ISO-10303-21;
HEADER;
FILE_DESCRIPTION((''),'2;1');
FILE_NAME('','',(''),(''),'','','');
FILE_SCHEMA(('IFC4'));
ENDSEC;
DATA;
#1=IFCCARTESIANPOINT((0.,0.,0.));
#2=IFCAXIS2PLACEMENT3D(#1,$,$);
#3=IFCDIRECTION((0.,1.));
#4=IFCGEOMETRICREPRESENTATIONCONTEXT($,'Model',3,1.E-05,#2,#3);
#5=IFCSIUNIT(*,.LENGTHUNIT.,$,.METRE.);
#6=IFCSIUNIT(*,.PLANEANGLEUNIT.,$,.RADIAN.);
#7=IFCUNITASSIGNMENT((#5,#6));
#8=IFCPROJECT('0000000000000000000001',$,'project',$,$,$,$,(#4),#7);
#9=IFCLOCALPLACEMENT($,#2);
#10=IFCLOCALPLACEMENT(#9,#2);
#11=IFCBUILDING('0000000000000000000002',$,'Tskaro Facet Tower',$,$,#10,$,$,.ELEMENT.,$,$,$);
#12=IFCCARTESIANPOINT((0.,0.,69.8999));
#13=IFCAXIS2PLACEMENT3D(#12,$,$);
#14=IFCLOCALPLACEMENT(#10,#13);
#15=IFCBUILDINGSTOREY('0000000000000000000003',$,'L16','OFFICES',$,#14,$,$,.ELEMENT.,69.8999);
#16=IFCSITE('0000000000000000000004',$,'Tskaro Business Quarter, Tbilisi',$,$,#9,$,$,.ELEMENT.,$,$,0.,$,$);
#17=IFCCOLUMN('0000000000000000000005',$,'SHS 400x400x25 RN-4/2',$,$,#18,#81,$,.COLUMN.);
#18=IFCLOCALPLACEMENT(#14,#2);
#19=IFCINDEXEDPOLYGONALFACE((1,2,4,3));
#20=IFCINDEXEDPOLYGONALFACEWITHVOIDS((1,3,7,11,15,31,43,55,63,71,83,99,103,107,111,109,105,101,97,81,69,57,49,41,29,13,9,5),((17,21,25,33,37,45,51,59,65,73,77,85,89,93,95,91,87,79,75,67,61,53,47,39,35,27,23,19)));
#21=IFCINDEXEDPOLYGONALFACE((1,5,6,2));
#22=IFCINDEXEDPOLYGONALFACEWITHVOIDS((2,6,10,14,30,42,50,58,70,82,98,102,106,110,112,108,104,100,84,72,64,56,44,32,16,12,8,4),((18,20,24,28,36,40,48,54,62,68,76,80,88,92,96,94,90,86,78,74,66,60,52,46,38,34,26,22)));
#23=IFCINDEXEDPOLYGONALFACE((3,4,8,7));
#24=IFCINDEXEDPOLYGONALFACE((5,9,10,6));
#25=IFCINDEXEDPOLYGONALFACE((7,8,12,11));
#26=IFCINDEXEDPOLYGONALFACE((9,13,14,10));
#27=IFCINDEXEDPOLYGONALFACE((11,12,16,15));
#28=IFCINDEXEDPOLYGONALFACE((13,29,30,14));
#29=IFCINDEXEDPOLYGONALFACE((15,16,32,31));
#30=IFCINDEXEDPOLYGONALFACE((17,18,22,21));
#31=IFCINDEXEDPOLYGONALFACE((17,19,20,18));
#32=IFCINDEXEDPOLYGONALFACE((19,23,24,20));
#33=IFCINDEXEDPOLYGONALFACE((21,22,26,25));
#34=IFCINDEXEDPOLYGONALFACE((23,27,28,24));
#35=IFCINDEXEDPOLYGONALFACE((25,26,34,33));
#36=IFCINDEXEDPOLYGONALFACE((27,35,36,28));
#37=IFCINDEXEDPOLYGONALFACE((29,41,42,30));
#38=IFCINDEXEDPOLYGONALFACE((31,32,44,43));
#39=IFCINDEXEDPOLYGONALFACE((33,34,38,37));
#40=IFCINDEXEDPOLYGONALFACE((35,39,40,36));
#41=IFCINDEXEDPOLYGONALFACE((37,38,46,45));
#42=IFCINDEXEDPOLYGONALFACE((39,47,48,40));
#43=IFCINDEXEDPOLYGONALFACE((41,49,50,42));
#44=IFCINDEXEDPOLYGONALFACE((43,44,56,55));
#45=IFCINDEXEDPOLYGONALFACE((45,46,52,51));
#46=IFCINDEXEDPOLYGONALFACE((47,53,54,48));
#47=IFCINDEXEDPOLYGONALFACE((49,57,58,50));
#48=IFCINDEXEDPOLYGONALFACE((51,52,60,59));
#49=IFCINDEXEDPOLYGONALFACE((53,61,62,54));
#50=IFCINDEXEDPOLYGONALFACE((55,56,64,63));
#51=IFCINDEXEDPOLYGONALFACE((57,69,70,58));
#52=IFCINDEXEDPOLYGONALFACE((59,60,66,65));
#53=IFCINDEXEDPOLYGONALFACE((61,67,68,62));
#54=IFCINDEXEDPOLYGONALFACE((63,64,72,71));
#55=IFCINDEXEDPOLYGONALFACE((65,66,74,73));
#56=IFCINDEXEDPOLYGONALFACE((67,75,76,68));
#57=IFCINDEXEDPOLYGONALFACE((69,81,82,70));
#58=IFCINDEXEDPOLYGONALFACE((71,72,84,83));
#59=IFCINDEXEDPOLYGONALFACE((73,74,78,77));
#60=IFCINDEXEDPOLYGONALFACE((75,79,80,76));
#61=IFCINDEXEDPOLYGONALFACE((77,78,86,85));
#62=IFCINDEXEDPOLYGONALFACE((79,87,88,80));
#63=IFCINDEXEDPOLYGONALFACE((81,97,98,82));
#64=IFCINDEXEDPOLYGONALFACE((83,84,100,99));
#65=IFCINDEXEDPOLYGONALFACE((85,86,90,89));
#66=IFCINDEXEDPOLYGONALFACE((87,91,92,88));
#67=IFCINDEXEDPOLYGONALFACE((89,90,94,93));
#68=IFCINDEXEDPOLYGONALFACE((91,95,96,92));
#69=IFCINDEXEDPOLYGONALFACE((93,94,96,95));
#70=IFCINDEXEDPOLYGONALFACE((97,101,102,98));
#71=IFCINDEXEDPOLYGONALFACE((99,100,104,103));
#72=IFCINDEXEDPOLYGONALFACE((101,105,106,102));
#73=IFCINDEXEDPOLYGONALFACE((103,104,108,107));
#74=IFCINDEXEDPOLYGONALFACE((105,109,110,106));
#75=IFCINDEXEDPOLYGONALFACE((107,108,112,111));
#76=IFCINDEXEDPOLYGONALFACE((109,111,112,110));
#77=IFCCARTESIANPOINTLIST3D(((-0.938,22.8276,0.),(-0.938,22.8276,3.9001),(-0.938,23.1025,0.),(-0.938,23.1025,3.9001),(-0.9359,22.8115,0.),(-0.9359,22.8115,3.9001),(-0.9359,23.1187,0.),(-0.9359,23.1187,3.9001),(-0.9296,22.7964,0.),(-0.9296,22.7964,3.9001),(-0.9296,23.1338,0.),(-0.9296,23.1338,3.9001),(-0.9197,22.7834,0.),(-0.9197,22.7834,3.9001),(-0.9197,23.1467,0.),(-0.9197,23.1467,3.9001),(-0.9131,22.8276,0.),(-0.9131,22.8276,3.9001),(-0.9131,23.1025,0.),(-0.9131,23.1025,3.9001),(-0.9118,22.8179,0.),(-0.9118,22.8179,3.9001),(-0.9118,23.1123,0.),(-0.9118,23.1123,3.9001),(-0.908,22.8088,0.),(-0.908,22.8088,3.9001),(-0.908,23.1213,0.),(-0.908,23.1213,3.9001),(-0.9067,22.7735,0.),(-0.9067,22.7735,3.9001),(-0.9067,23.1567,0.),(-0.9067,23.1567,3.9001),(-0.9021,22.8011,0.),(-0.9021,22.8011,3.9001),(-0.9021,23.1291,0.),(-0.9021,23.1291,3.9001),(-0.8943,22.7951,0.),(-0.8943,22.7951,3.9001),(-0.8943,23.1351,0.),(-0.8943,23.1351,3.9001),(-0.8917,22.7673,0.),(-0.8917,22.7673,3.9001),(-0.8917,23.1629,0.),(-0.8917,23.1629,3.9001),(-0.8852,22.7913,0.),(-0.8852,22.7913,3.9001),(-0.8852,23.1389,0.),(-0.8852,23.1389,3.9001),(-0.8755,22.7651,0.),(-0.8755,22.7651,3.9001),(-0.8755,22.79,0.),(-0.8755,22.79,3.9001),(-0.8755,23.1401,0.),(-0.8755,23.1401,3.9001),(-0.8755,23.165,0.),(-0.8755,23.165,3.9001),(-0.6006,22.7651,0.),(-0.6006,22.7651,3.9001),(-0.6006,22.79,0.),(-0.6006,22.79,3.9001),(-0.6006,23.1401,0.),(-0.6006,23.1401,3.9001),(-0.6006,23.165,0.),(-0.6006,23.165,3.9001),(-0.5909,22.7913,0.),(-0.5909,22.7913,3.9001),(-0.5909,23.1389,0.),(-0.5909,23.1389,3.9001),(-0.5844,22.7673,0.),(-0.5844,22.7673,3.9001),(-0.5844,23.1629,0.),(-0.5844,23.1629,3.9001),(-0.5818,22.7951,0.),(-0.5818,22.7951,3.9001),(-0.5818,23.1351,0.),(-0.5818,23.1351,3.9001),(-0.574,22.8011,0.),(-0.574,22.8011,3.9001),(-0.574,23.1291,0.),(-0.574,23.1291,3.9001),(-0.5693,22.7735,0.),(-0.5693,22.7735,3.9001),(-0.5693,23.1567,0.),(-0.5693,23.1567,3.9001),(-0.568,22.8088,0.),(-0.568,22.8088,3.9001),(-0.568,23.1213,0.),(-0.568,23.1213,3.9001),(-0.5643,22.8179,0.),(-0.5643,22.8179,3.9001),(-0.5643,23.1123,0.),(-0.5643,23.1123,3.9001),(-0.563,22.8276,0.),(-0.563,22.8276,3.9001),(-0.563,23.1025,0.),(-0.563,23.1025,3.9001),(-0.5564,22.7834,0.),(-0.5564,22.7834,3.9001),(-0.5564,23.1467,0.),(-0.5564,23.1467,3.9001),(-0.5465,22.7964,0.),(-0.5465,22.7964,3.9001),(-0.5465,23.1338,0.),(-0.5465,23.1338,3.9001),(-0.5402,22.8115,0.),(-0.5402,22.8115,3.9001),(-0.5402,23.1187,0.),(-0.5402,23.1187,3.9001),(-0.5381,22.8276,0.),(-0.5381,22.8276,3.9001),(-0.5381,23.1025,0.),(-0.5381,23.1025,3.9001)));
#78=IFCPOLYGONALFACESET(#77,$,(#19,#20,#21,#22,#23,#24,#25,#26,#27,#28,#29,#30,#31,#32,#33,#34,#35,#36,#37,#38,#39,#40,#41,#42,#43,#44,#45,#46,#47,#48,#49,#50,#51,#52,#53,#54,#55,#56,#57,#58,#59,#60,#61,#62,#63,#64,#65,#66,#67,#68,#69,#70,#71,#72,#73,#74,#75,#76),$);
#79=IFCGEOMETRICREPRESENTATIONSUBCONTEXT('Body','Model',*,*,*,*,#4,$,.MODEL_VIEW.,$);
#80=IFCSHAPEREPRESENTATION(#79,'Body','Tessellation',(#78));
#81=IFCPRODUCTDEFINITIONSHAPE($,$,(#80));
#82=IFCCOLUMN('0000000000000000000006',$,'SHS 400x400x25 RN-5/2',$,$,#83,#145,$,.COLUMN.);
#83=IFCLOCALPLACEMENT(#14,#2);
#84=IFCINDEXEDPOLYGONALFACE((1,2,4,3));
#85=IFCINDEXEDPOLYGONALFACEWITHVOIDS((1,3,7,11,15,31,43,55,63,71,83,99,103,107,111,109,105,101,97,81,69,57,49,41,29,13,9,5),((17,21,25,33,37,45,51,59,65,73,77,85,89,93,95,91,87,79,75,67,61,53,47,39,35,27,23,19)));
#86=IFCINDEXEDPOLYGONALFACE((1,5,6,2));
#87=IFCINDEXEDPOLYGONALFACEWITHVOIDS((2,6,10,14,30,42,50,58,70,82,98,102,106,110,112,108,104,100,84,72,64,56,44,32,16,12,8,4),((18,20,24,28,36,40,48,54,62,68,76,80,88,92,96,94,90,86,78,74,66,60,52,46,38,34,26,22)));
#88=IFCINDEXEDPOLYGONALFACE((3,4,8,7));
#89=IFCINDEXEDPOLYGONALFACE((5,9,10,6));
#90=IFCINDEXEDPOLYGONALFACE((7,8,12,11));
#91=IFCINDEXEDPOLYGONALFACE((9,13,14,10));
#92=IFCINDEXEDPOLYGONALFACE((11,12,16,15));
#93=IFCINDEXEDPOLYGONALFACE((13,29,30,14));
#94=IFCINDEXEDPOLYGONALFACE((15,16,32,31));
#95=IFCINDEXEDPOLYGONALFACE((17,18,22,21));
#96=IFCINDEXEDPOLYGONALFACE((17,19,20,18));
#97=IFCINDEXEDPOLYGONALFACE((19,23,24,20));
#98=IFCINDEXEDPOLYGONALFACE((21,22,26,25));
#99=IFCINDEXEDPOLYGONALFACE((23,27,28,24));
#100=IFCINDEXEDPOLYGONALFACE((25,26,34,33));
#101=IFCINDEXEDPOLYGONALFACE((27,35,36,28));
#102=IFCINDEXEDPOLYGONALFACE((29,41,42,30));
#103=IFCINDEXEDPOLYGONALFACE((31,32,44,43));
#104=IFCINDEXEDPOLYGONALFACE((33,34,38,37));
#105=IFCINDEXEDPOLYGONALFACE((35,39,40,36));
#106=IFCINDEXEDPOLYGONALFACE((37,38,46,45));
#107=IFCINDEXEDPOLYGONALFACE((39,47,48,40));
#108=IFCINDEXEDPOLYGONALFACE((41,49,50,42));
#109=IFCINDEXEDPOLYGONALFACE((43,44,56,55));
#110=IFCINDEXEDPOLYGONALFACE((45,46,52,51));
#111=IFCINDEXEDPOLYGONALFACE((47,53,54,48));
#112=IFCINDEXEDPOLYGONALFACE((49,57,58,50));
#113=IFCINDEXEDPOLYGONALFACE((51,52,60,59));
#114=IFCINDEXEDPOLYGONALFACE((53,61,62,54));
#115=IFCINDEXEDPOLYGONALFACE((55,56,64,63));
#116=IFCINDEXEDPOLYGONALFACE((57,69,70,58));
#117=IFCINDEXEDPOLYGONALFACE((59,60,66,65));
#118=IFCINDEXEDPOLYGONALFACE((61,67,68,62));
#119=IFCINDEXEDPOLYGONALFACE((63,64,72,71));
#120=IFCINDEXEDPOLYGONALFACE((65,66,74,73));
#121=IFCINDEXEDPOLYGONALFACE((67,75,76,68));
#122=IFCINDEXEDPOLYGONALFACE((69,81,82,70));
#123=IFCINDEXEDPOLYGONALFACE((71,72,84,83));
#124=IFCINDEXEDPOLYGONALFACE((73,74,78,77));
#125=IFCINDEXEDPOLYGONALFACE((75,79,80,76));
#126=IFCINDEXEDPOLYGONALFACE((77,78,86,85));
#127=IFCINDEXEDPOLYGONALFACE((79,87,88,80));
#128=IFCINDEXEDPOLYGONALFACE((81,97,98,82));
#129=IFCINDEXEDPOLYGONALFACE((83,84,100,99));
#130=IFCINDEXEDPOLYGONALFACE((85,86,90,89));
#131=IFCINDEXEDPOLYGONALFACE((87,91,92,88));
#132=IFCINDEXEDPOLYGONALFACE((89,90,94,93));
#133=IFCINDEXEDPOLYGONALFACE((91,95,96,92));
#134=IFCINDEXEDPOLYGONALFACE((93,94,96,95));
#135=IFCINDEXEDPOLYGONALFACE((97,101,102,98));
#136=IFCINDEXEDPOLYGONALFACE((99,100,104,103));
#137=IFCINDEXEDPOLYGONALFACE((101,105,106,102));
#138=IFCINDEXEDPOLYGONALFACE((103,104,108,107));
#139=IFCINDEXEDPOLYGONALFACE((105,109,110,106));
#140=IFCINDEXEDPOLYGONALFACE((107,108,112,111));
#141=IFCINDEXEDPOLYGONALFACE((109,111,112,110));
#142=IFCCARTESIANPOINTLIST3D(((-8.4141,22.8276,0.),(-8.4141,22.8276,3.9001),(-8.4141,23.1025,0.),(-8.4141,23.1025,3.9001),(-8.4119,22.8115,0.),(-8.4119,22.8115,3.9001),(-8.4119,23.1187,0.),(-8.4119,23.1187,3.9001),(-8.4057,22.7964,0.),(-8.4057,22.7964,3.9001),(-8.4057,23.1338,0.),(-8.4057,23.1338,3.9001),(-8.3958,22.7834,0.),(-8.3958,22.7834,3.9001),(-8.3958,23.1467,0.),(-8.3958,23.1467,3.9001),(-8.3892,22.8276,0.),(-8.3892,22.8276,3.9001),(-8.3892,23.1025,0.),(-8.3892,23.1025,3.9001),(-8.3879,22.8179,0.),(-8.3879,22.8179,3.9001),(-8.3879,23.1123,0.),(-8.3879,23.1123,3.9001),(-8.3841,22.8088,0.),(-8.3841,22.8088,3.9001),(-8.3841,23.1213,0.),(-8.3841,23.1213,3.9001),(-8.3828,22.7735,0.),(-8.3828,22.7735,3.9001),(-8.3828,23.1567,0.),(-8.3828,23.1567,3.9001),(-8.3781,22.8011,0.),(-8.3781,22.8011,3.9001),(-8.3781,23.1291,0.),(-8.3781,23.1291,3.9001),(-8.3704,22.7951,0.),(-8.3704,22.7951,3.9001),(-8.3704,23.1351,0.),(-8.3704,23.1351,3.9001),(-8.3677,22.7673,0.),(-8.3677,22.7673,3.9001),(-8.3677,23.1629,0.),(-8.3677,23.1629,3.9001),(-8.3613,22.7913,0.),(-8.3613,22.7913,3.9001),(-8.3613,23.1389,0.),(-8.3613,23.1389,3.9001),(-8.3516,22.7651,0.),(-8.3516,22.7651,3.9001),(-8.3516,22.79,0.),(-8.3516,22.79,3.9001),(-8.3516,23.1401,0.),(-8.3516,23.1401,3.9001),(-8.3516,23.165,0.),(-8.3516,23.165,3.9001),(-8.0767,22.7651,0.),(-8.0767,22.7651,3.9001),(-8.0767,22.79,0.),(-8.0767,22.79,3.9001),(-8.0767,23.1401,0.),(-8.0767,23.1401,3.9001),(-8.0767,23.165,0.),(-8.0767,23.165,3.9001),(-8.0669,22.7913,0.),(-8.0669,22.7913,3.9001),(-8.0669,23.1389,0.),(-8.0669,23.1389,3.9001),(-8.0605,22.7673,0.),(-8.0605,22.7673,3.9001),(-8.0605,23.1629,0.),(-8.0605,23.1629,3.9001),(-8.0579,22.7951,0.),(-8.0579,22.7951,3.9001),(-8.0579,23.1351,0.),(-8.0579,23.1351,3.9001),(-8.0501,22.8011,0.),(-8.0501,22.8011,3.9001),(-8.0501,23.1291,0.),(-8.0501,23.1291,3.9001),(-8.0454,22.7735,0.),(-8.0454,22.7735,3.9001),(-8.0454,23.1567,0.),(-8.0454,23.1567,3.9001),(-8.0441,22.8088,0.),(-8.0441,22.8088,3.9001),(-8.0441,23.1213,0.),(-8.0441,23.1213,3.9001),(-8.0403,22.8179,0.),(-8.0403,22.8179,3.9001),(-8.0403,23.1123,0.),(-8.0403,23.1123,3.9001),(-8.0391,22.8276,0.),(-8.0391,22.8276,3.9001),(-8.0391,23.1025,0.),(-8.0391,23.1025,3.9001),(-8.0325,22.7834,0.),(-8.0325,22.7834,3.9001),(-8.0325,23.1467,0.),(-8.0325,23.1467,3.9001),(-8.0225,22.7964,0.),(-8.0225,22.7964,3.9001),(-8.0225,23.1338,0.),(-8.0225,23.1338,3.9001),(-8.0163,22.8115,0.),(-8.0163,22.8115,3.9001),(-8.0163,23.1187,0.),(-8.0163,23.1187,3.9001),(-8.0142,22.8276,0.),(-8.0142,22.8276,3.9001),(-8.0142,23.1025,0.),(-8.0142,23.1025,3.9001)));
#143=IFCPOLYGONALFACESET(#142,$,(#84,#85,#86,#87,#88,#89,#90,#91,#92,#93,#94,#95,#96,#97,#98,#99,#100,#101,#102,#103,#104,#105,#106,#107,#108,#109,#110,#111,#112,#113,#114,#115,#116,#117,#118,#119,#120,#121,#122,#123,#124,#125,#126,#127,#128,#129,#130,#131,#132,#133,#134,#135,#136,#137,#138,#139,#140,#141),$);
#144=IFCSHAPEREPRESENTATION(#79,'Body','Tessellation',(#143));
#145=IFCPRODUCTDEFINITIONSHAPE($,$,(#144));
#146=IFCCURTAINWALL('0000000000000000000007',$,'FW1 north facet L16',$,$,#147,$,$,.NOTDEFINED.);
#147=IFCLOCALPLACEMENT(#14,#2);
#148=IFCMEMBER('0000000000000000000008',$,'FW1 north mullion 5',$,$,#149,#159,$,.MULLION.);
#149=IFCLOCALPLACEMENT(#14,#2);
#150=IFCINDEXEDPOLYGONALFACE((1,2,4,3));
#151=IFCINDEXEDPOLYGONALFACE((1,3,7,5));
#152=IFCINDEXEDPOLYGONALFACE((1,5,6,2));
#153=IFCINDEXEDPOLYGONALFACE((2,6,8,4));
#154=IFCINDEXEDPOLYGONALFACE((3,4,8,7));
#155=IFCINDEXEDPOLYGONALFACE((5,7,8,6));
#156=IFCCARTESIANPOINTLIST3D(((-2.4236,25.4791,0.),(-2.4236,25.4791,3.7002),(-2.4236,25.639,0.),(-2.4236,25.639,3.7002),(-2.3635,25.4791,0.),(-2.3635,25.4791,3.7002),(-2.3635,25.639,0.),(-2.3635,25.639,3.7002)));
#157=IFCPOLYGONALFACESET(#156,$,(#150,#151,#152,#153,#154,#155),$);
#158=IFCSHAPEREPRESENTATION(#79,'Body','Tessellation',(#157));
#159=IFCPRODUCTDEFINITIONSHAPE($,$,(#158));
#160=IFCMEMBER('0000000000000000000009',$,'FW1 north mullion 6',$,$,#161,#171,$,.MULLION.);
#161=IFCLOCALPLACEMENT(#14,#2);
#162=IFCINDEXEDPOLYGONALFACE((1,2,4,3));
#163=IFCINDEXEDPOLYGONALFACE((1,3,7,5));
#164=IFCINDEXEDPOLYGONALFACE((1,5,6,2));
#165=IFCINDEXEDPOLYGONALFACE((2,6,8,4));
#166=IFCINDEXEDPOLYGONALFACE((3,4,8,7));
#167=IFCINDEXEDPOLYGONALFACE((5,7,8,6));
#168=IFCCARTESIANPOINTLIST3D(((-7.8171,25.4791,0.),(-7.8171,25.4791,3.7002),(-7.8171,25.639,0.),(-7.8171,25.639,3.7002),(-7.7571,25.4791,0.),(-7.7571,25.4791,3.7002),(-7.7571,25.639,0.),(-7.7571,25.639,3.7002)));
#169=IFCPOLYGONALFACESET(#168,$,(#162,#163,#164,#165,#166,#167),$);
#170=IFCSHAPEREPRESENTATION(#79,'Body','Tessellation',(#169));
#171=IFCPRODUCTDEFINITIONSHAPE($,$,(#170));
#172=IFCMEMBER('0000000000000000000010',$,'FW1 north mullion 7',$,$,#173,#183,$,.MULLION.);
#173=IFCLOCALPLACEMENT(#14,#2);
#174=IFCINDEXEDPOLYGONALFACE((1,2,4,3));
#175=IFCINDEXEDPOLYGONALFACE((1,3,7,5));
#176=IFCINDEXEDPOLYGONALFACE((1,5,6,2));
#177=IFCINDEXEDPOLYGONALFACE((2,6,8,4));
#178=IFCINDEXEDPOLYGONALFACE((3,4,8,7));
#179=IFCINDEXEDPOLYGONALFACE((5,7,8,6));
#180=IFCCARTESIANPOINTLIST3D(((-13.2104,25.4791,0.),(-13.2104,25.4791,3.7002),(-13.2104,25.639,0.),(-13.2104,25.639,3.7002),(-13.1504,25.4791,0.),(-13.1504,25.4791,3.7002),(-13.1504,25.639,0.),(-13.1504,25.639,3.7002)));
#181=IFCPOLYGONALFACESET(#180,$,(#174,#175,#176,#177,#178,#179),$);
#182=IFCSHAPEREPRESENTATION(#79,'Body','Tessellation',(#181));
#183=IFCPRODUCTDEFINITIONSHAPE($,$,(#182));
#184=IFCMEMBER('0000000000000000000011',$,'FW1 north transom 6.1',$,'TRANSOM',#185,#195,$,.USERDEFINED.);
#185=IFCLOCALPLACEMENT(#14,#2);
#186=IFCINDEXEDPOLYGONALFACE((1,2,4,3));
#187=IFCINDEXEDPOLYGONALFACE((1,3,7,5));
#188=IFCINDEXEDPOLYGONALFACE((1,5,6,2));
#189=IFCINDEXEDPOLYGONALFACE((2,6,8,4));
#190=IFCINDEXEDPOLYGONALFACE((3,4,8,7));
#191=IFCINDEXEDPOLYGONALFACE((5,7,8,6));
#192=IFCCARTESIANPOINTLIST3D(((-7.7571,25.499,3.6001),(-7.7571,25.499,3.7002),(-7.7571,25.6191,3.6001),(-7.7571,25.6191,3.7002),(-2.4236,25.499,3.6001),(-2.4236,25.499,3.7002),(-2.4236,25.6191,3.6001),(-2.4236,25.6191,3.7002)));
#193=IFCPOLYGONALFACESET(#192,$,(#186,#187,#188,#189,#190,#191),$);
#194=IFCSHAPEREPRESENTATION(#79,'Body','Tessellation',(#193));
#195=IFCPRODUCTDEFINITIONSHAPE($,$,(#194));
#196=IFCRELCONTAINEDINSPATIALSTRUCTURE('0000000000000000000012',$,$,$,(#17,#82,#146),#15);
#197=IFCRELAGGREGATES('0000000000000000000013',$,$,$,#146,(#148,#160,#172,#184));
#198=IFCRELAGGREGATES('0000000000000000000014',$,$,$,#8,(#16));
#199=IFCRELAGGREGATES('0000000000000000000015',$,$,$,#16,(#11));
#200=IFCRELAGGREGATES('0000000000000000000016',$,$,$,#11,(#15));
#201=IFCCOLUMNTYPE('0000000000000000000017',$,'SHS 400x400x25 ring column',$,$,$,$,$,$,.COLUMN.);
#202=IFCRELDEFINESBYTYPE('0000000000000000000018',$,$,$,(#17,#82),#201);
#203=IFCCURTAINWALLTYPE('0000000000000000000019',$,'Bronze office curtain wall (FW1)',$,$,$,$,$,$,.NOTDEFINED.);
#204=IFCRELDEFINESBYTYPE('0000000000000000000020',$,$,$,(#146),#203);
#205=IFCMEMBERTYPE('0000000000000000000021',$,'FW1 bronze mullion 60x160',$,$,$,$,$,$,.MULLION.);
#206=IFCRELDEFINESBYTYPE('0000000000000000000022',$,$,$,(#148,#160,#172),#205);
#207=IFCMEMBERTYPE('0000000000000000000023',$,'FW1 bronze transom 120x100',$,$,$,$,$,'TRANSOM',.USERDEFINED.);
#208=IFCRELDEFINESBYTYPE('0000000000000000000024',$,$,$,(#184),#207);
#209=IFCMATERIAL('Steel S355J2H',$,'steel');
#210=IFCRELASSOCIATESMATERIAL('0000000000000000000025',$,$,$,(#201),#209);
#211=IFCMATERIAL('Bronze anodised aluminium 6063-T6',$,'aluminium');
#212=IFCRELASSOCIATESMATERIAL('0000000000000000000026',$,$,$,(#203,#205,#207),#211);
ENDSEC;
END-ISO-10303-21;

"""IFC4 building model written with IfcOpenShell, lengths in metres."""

from ifc_helpers import new_model, si_unit, direction, frame, origin, origin_2d, place, context, subcontext, project, spatial, rectangle, hollow_rectangle, extrude, material, material_profile, profile_set, type_object, element, aggregate, save


model = new_model("IFC4")

# Units and contexts
model_context = context("Model", 3, precision=1e-05, world=origin(), true_north=direction((0.0, 1.0)))
body_context = subcontext(model_context, "Body", "Model", "MODEL_VIEW")
ifc_project = project(units=[si_unit("LENGTHUNIT", "METRE"), si_unit("PLANEANGLEUNIT", "RADIAN")], contexts=[model_context])

# Site, building, storey
site_placement = place(None, origin())
site = spatial("IfcSite", under=ifc_project, at=site_placement, Name="Tskaro Business Quarter, Tbilisi", CompositionType="ELEMENT", RefElevation=0.0)
building_placement = place(site_placement, origin())
building = spatial("IfcBuilding", under=site, at=building_placement, Name="Tskaro Facet Tower", CompositionType="ELEMENT")
storey_placement = place(building_placement, frame((0.0, 0.0, 69.8999)))
storey = spatial("IfcBuildingStorey", under=building, at=storey_placement, Name="L16", Description="OFFICES", CompositionType="ELEMENT", Elevation=69.8999)

# Columns
ifc_material_1 = material(Name="Steel S355J2H", Category="steel")
ifc_material_profile_1 = material_profile(ifc_material_1, hollow_rectangle(XDim=0.3999, YDim=0.3999, WallThickness=0.0249, InnerFilletRadius=0.0376, OuterFilletRadius=0.0625, at=origin_2d()), Name="SHS 400x400x25")
ifc_profile_set_1 = profile_set([ifc_material_profile_1], Name="Steel S355J2H")
column_type_1 = type_object("IfcColumnType", Name="SHS 400x400x25 ring column", PredefinedType="COLUMN", material=ifc_profile_set_1)
for number, where, z_axis, x_axis, name in (
    (1, (-0.738, 22.9651, 0.0), (0.0, 0.0, 1.0), (1.0, 0.0, 0.0), "SHS 400x400x25 RN-4/2"),
    (2, (-8.2141, 22.9651, 0.0), (0.0, 0.0, 1.0), (1.0, 0.0, 0.0), "SHS 400x400x25 RN-5/2"),
):
    element("IfcColumn", number, at=place(storey_placement, frame(where, z_axis=z_axis, x_axis=x_axis)), inside=storey, type_object=column_type_1, Name=name, PredefinedType="COLUMN", context=body_context, shape_type="SweptSolid", body=[
        extrude(hollow_rectangle(XDim=0.3999, YDim=0.3999, WallThickness=0.0249, InnerFilletRadius=0.0376, OuterFilletRadius=0.0625, at=origin_2d()), origin(), (0.0, 0.0, 1.0), 3.9001),
    ])

# Curtain wall, members
ifc_material_2 = material(Name="Bronze anodised aluminium 6063-T6", Category="aluminium")
curtain_wall_type = type_object("IfcCurtainWallType", Name="Bronze office curtain wall (FW1)", PredefinedType="NOTDEFINED", material=ifc_material_2)
curtain_wall_placement = place(storey_placement, origin())
curtain_wall = element("IfcCurtainWall", 3, at=curtain_wall_placement, inside=storey, type_object=curtain_wall_type, Name="FW1 north facet L16", PredefinedType="NOTDEFINED")
ifc_material_profile_2 = material_profile(ifc_material_2, rectangle(XDim=0.0601, YDim=0.1599, at=origin_2d()), Name="Mullion 60x160")
ifc_profile_set_2 = profile_set([ifc_material_profile_2], Name="Bronze anodised aluminium 6063-T6")
member_type_1 = type_object("IfcMemberType", Name="FW1 bronze mullion 60x160", PredefinedType="MULLION", material=ifc_profile_set_2)
member_1_placement = place(storey_placement, frame((-2.3936, 25.5591, 0.0), z_axis=(0.0, 0.0, 1.0), x_axis=(-1.0, 0.0, 0.0)))
member_1 = element("IfcMember", 4, at=member_1_placement, type_object=member_type_1, Name="FW1 north mullion 5", PredefinedType="MULLION", context=body_context, shape_type="SweptSolid", body=[
    extrude(rectangle(XDim=0.0601, YDim=0.1599, at=origin_2d()), origin(), (0.0, 0.0, 1.0), 3.7002),
])
member_2_placement = place(storey_placement, frame((-7.7871, 25.5591, 0.0), z_axis=(0.0, 0.0, 1.0), x_axis=(-1.0, 0.0, 0.0)))
member_2 = element("IfcMember", 5, at=member_2_placement, type_object=member_type_1, Name="FW1 north mullion 6", PredefinedType="MULLION", context=body_context, shape_type="SweptSolid", body=[
    extrude(rectangle(XDim=0.0601, YDim=0.1599, at=origin_2d()), origin(), (0.0, 0.0, 1.0), 3.7002),
])
member_3_placement = place(storey_placement, frame((-13.1804, 25.5591, 0.0), z_axis=(0.0, 0.0, 1.0), x_axis=(-1.0, 0.0, 0.0)))
member_3 = element("IfcMember", 6, at=member_3_placement, type_object=member_type_1, Name="FW1 north mullion 7", PredefinedType="MULLION", context=body_context, shape_type="SweptSolid", body=[
    extrude(rectangle(XDim=0.0601, YDim=0.1599, at=origin_2d()), origin(), (0.0, 0.0, 1.0), 3.7002),
])
ifc_material_profile_3 = material_profile(ifc_material_2, rectangle(XDim=0.1201, YDim=0.1001, at=origin_2d()), Name="Transom 120x100")
ifc_profile_set_3 = profile_set([ifc_material_profile_3], Name="Bronze anodised aluminium 6063-T6")
member_type_2 = type_object("IfcMemberType", Name="FW1 bronze transom 120x100", ElementType="TRANSOM", PredefinedType="USERDEFINED", material=ifc_profile_set_3)
member_4_placement = place(storey_placement, frame((-2.4236, 25.5591, 3.6501), z_axis=(-1.0, 0.0, 0.0), x_axis=(0.0, -1.0, 0.0)))
member_4 = element("IfcMember", 7, at=member_4_placement, type_object=member_type_2, Name="FW1 north transom 6.1", ObjectType="TRANSOM", PredefinedType="USERDEFINED", context=body_context, shape_type="SweptSolid", body=[
    extrude(rectangle(XDim=0.1201, YDim=0.1001, at=origin_2d()), origin(), (0.0, 0.0, 1.0), 5.3335),
])

aggregate(curtain_wall, [member_1, member_2, member_3, member_4])

save(model, "model.ifc")
